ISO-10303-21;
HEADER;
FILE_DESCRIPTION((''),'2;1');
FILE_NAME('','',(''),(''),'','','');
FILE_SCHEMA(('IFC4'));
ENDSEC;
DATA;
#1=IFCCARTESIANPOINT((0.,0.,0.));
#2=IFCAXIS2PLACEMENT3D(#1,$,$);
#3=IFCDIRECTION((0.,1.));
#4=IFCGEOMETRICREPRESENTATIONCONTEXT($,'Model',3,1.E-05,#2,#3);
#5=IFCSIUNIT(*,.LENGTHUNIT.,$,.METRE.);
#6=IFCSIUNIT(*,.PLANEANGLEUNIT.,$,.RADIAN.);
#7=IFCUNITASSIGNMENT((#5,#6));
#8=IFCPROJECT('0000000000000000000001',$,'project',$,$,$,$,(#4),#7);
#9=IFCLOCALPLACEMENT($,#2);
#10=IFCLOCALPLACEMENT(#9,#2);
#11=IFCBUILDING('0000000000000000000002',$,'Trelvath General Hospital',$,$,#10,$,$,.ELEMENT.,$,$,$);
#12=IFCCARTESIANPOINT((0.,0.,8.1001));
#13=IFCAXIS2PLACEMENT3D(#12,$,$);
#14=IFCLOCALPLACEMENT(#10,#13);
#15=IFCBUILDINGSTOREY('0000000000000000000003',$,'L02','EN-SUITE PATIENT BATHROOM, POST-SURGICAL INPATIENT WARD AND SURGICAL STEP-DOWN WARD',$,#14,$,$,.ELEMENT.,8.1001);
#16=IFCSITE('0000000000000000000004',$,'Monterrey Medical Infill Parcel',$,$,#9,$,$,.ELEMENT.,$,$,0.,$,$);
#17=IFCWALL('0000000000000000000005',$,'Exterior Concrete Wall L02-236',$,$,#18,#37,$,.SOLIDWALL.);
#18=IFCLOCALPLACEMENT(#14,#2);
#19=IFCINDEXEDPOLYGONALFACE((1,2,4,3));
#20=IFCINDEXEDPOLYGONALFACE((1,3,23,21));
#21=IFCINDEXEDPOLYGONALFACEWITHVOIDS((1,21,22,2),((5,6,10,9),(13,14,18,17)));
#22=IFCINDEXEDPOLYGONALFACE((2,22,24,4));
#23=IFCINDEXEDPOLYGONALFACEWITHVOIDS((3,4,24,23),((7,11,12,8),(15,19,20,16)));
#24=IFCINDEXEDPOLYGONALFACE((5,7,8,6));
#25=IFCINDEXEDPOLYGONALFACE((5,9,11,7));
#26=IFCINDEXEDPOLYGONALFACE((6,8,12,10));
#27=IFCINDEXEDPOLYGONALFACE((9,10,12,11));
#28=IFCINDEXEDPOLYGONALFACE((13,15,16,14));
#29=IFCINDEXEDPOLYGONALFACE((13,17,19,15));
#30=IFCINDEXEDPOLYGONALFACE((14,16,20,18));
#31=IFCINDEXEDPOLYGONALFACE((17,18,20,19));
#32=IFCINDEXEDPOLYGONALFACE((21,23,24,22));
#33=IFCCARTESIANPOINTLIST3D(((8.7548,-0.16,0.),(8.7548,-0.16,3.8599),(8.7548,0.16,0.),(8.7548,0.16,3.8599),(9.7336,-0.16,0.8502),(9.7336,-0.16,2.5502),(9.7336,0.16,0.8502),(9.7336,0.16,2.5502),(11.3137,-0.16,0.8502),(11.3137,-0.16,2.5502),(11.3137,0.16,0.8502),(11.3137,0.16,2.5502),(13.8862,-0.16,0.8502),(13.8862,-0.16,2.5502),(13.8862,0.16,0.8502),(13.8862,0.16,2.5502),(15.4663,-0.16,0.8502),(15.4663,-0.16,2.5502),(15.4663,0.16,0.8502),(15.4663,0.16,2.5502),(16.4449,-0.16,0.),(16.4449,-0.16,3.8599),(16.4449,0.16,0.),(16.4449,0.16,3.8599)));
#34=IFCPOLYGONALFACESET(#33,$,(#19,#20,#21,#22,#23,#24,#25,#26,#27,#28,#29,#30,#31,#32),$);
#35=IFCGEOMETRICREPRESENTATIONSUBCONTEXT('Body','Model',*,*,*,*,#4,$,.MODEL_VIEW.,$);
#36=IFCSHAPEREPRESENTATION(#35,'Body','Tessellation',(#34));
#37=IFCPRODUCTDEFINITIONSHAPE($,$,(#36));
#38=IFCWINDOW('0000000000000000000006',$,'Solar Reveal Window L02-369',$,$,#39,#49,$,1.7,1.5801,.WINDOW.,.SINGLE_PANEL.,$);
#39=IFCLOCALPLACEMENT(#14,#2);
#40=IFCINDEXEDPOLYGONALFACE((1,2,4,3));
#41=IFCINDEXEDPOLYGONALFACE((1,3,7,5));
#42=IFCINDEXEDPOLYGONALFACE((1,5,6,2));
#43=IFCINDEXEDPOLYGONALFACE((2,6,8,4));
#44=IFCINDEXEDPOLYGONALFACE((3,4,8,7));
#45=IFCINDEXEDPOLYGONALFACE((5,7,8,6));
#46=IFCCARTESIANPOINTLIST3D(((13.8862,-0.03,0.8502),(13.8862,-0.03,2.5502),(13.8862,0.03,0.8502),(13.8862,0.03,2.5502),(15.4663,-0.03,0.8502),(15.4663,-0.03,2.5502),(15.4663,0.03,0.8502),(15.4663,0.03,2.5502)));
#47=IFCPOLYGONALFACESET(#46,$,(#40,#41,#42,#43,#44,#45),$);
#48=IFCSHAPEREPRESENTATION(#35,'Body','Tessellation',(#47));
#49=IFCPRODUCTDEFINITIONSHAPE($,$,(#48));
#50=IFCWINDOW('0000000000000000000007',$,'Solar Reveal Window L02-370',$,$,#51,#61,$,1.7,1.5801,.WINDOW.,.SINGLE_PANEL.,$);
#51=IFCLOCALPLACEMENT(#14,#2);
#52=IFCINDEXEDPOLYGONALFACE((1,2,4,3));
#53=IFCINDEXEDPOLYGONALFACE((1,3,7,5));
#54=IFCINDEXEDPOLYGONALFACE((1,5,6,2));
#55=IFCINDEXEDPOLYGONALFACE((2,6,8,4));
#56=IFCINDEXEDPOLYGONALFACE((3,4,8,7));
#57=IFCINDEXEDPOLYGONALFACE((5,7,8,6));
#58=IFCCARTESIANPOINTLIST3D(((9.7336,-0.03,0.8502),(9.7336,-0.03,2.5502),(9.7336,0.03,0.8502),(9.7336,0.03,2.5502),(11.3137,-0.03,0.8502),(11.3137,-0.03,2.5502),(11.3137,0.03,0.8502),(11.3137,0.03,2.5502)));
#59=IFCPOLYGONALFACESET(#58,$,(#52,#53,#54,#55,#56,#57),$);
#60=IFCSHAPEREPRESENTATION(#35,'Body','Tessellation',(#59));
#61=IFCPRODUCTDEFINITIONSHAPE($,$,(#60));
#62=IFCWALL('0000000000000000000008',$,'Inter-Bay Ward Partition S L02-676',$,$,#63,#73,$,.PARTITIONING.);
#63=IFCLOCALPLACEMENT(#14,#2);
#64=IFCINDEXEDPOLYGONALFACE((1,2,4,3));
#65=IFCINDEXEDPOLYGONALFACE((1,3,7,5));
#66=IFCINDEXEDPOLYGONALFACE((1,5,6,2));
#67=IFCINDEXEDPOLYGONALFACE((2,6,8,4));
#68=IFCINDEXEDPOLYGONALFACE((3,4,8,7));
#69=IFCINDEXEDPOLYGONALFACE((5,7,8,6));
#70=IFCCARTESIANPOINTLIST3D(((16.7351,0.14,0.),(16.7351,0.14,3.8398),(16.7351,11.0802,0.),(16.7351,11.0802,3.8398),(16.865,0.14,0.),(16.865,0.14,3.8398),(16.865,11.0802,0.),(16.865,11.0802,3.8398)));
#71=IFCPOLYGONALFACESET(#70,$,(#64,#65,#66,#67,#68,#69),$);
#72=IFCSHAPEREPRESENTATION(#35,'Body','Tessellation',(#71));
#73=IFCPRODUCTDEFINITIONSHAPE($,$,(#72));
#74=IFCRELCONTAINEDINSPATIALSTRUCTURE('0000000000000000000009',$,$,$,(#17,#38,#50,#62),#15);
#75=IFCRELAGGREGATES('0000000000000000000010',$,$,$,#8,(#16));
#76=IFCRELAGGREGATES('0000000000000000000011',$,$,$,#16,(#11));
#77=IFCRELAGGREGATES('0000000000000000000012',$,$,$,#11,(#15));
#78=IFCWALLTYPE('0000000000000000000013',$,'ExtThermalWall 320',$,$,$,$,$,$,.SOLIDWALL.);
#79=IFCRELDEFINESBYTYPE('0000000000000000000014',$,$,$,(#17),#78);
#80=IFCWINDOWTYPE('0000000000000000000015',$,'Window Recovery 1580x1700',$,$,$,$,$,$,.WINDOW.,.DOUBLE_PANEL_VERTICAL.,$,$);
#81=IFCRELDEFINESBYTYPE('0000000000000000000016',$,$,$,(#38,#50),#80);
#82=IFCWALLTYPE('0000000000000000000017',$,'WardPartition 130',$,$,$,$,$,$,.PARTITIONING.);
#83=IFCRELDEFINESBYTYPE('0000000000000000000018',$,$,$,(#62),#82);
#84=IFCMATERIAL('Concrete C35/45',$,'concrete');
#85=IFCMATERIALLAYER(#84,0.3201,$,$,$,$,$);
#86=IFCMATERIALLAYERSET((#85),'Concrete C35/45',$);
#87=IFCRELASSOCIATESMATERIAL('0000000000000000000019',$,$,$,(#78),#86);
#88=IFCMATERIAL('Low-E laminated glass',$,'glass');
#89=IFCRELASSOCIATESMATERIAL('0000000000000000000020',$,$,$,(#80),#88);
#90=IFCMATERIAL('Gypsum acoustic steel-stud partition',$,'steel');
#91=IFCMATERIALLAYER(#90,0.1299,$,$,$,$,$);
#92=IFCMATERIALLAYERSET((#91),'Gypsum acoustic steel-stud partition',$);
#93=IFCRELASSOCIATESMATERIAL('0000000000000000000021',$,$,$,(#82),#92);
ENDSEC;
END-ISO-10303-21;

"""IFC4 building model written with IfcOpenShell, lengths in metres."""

from ifc_helpers import new_model, si_unit, direction, frame, frame_2d, origin, place, context, subcontext, project, spatial, rectangle, extrude, material, layer, layer_set, type_object, element, fill, save


model = new_model("IFC4")

# Units and contexts
model_context = context("Model", 3, precision=1e-05, world=origin(), true_north=direction((0.0, 1.0)))
body_context = subcontext(model_context, "Body", "Model", "MODEL_VIEW")
ifc_project = project(units=[si_unit("LENGTHUNIT", "METRE"), si_unit("PLANEANGLEUNIT", "RADIAN")], contexts=[model_context])

# Site, building, storey
site_placement = place(None, origin())
site = spatial("IfcSite", under=ifc_project, at=site_placement, Name="Monterrey Medical Infill Parcel", CompositionType="ELEMENT", RefElevation=0.0)
building_placement = place(site_placement, origin())
building = spatial("IfcBuilding", under=site, at=building_placement, Name="Trelvath General Hospital", CompositionType="ELEMENT")
storey_placement = place(building_placement, frame((0.0, 0.0, 8.1001)))
storey = spatial("IfcBuildingStorey", under=building, at=storey_placement, Name="L02", Description="EN-SUITE PATIENT BATHROOM, POST-SURGICAL INPATIENT WARD AND SURGICAL STEP-DOWN WARD", CompositionType="ELEMENT", Elevation=8.1001)

# Wall, openings, windows
ifc_material_1 = material(Name="Concrete C35/45", Category="concrete")
ifc_layer_1 = layer(ifc_material_1, 0.3201)
ifc_layer_set_1 = layer_set([ifc_layer_1], Name="Concrete C35/45")
wall_type_1 = type_object("IfcWallType", Name="ExtThermalWall 320", PredefinedType="SOLIDWALL", material=ifc_layer_set_1)
wall_1_placement = place(storey_placement, frame((16.4451, 0.0, 0.0), z_axis=(0.0, 0.0, 1.0), x_axis=(-1.0, 0.0, 0.0)))
wall_1 = element("IfcWall", 1, at=wall_1_placement, inside=storey, type_object=wall_type_1, Name="Exterior Concrete Wall L02-236", PredefinedType="SOLIDWALL", context=body_context, shape_type="SweptSolid", body=[
    extrude(rectangle(XDim=7.6902, YDim=0.3201, at=frame_2d((3.8452, 0.0))), origin(), (0.0, 0.0, 1.0), 3.8599),
])
opening_1_placement = place(wall_1_placement, frame((0.9788, 0.0, 0.8501)))
opening_1 = element("IfcOpeningElement", 2, at=opening_1_placement, cuts=wall_1, PredefinedType="OPENING", context=body_context, shape_type="SweptSolid", body=[
    extrude(rectangle(XDim=1.5801, YDim=1.7, at=frame_2d((0.79, 0.8501))), frame((0.0, 0.1699, 0.0), z_axis=(0.0, -1.0, 0.0), x_axis=(1.0, 0.0, 0.0)), (0.0, 0.0, 1.0), 0.3401),
])
opening_2_placement = place(wall_1_placement, frame((5.1313, 0.0, 0.8501)))
opening_2 = element("IfcOpeningElement", 3, at=opening_2_placement, cuts=wall_1, PredefinedType="OPENING", context=body_context, shape_type="SweptSolid", body=[
    extrude(rectangle(XDim=1.5801, YDim=1.7, at=frame_2d((0.79, 0.8501))), frame((0.0, 0.1699, 0.0), z_axis=(0.0, -1.0, 0.0), x_axis=(1.0, 0.0, 0.0)), (0.0, 0.0, 1.0), 0.3401),
])
ifc_material_2 = material(Name="Low-E laminated glass", Category="glass")
window_type = type_object("IfcWindowType", Name="Window Recovery 1580x1700", PartitioningType="DOUBLE_PANEL_VERTICAL", PredefinedType="WINDOW", material=ifc_material_2)
window_1_placement = place(opening_1_placement, origin())
window_1 = element("IfcWindow", 4, at=window_1_placement, inside=storey, type_object=window_type, Name="Solar Reveal Window L02-369", OverallHeight=1.7, OverallWidth=1.5801, PartitioningType="SINGLE_PANEL", PredefinedType="WINDOW", context=body_context, shape_type="SweptSolid", body=[
    extrude(rectangle(XDim=1.5801, YDim=1.7, at=frame_2d((0.79, 0.8501))), frame((0.0, 0.03, 0.0), z_axis=(0.0, -1.0, 0.0), x_axis=(1.0, 0.0, 0.0)), (0.0, 0.0, 1.0), 0.0601),
])
fill(opening_1, window_1)
window_2_placement = place(opening_2_placement, origin())
window_2 = element("IfcWindow", 5, at=window_2_placement, inside=storey, type_object=window_type, Name="Solar Reveal Window L02-370", OverallHeight=1.7, OverallWidth=1.5801, PartitioningType="SINGLE_PANEL", PredefinedType="WINDOW", context=body_context, shape_type="SweptSolid", body=[
    extrude(rectangle(XDim=1.5801, YDim=1.7, at=frame_2d((0.79, 0.8501))), frame((0.0, 0.03, 0.0), z_axis=(0.0, -1.0, 0.0), x_axis=(1.0, 0.0, 0.0)), (0.0, 0.0, 1.0), 0.0601),
])
fill(opening_2, window_2)

# Wall
ifc_material_3 = material(Name="Gypsum acoustic steel-stud partition", Category="steel")
ifc_layer_2 = layer(ifc_material_3, 0.1299)
ifc_layer_set_2 = layer_set([ifc_layer_2], Name="Gypsum acoustic steel-stud partition")
wall_type_2 = type_object("IfcWallType", Name="WardPartition 130", PredefinedType="PARTITIONING", material=ifc_layer_set_2)
wall_2_placement = place(storey_placement, frame((16.8, 0.1399, 0.0), z_axis=(0.0, 0.0, 1.0), x_axis=(0.0, 1.0, 0.0)))
element("IfcWall", 6, at=wall_2_placement, inside=storey, type_object=wall_type_2, Name="Inter-Bay Ward Partition S L02-676", PredefinedType="PARTITIONING", context=body_context, shape_type="SweptSolid", body=[
    extrude(rectangle(XDim=10.9402, YDim=0.1299, at=frame_2d((5.4702, 0.0))), origin(), (0.0, 0.0, 1.0), 3.8398),
])

save(model, "model.ifc")
